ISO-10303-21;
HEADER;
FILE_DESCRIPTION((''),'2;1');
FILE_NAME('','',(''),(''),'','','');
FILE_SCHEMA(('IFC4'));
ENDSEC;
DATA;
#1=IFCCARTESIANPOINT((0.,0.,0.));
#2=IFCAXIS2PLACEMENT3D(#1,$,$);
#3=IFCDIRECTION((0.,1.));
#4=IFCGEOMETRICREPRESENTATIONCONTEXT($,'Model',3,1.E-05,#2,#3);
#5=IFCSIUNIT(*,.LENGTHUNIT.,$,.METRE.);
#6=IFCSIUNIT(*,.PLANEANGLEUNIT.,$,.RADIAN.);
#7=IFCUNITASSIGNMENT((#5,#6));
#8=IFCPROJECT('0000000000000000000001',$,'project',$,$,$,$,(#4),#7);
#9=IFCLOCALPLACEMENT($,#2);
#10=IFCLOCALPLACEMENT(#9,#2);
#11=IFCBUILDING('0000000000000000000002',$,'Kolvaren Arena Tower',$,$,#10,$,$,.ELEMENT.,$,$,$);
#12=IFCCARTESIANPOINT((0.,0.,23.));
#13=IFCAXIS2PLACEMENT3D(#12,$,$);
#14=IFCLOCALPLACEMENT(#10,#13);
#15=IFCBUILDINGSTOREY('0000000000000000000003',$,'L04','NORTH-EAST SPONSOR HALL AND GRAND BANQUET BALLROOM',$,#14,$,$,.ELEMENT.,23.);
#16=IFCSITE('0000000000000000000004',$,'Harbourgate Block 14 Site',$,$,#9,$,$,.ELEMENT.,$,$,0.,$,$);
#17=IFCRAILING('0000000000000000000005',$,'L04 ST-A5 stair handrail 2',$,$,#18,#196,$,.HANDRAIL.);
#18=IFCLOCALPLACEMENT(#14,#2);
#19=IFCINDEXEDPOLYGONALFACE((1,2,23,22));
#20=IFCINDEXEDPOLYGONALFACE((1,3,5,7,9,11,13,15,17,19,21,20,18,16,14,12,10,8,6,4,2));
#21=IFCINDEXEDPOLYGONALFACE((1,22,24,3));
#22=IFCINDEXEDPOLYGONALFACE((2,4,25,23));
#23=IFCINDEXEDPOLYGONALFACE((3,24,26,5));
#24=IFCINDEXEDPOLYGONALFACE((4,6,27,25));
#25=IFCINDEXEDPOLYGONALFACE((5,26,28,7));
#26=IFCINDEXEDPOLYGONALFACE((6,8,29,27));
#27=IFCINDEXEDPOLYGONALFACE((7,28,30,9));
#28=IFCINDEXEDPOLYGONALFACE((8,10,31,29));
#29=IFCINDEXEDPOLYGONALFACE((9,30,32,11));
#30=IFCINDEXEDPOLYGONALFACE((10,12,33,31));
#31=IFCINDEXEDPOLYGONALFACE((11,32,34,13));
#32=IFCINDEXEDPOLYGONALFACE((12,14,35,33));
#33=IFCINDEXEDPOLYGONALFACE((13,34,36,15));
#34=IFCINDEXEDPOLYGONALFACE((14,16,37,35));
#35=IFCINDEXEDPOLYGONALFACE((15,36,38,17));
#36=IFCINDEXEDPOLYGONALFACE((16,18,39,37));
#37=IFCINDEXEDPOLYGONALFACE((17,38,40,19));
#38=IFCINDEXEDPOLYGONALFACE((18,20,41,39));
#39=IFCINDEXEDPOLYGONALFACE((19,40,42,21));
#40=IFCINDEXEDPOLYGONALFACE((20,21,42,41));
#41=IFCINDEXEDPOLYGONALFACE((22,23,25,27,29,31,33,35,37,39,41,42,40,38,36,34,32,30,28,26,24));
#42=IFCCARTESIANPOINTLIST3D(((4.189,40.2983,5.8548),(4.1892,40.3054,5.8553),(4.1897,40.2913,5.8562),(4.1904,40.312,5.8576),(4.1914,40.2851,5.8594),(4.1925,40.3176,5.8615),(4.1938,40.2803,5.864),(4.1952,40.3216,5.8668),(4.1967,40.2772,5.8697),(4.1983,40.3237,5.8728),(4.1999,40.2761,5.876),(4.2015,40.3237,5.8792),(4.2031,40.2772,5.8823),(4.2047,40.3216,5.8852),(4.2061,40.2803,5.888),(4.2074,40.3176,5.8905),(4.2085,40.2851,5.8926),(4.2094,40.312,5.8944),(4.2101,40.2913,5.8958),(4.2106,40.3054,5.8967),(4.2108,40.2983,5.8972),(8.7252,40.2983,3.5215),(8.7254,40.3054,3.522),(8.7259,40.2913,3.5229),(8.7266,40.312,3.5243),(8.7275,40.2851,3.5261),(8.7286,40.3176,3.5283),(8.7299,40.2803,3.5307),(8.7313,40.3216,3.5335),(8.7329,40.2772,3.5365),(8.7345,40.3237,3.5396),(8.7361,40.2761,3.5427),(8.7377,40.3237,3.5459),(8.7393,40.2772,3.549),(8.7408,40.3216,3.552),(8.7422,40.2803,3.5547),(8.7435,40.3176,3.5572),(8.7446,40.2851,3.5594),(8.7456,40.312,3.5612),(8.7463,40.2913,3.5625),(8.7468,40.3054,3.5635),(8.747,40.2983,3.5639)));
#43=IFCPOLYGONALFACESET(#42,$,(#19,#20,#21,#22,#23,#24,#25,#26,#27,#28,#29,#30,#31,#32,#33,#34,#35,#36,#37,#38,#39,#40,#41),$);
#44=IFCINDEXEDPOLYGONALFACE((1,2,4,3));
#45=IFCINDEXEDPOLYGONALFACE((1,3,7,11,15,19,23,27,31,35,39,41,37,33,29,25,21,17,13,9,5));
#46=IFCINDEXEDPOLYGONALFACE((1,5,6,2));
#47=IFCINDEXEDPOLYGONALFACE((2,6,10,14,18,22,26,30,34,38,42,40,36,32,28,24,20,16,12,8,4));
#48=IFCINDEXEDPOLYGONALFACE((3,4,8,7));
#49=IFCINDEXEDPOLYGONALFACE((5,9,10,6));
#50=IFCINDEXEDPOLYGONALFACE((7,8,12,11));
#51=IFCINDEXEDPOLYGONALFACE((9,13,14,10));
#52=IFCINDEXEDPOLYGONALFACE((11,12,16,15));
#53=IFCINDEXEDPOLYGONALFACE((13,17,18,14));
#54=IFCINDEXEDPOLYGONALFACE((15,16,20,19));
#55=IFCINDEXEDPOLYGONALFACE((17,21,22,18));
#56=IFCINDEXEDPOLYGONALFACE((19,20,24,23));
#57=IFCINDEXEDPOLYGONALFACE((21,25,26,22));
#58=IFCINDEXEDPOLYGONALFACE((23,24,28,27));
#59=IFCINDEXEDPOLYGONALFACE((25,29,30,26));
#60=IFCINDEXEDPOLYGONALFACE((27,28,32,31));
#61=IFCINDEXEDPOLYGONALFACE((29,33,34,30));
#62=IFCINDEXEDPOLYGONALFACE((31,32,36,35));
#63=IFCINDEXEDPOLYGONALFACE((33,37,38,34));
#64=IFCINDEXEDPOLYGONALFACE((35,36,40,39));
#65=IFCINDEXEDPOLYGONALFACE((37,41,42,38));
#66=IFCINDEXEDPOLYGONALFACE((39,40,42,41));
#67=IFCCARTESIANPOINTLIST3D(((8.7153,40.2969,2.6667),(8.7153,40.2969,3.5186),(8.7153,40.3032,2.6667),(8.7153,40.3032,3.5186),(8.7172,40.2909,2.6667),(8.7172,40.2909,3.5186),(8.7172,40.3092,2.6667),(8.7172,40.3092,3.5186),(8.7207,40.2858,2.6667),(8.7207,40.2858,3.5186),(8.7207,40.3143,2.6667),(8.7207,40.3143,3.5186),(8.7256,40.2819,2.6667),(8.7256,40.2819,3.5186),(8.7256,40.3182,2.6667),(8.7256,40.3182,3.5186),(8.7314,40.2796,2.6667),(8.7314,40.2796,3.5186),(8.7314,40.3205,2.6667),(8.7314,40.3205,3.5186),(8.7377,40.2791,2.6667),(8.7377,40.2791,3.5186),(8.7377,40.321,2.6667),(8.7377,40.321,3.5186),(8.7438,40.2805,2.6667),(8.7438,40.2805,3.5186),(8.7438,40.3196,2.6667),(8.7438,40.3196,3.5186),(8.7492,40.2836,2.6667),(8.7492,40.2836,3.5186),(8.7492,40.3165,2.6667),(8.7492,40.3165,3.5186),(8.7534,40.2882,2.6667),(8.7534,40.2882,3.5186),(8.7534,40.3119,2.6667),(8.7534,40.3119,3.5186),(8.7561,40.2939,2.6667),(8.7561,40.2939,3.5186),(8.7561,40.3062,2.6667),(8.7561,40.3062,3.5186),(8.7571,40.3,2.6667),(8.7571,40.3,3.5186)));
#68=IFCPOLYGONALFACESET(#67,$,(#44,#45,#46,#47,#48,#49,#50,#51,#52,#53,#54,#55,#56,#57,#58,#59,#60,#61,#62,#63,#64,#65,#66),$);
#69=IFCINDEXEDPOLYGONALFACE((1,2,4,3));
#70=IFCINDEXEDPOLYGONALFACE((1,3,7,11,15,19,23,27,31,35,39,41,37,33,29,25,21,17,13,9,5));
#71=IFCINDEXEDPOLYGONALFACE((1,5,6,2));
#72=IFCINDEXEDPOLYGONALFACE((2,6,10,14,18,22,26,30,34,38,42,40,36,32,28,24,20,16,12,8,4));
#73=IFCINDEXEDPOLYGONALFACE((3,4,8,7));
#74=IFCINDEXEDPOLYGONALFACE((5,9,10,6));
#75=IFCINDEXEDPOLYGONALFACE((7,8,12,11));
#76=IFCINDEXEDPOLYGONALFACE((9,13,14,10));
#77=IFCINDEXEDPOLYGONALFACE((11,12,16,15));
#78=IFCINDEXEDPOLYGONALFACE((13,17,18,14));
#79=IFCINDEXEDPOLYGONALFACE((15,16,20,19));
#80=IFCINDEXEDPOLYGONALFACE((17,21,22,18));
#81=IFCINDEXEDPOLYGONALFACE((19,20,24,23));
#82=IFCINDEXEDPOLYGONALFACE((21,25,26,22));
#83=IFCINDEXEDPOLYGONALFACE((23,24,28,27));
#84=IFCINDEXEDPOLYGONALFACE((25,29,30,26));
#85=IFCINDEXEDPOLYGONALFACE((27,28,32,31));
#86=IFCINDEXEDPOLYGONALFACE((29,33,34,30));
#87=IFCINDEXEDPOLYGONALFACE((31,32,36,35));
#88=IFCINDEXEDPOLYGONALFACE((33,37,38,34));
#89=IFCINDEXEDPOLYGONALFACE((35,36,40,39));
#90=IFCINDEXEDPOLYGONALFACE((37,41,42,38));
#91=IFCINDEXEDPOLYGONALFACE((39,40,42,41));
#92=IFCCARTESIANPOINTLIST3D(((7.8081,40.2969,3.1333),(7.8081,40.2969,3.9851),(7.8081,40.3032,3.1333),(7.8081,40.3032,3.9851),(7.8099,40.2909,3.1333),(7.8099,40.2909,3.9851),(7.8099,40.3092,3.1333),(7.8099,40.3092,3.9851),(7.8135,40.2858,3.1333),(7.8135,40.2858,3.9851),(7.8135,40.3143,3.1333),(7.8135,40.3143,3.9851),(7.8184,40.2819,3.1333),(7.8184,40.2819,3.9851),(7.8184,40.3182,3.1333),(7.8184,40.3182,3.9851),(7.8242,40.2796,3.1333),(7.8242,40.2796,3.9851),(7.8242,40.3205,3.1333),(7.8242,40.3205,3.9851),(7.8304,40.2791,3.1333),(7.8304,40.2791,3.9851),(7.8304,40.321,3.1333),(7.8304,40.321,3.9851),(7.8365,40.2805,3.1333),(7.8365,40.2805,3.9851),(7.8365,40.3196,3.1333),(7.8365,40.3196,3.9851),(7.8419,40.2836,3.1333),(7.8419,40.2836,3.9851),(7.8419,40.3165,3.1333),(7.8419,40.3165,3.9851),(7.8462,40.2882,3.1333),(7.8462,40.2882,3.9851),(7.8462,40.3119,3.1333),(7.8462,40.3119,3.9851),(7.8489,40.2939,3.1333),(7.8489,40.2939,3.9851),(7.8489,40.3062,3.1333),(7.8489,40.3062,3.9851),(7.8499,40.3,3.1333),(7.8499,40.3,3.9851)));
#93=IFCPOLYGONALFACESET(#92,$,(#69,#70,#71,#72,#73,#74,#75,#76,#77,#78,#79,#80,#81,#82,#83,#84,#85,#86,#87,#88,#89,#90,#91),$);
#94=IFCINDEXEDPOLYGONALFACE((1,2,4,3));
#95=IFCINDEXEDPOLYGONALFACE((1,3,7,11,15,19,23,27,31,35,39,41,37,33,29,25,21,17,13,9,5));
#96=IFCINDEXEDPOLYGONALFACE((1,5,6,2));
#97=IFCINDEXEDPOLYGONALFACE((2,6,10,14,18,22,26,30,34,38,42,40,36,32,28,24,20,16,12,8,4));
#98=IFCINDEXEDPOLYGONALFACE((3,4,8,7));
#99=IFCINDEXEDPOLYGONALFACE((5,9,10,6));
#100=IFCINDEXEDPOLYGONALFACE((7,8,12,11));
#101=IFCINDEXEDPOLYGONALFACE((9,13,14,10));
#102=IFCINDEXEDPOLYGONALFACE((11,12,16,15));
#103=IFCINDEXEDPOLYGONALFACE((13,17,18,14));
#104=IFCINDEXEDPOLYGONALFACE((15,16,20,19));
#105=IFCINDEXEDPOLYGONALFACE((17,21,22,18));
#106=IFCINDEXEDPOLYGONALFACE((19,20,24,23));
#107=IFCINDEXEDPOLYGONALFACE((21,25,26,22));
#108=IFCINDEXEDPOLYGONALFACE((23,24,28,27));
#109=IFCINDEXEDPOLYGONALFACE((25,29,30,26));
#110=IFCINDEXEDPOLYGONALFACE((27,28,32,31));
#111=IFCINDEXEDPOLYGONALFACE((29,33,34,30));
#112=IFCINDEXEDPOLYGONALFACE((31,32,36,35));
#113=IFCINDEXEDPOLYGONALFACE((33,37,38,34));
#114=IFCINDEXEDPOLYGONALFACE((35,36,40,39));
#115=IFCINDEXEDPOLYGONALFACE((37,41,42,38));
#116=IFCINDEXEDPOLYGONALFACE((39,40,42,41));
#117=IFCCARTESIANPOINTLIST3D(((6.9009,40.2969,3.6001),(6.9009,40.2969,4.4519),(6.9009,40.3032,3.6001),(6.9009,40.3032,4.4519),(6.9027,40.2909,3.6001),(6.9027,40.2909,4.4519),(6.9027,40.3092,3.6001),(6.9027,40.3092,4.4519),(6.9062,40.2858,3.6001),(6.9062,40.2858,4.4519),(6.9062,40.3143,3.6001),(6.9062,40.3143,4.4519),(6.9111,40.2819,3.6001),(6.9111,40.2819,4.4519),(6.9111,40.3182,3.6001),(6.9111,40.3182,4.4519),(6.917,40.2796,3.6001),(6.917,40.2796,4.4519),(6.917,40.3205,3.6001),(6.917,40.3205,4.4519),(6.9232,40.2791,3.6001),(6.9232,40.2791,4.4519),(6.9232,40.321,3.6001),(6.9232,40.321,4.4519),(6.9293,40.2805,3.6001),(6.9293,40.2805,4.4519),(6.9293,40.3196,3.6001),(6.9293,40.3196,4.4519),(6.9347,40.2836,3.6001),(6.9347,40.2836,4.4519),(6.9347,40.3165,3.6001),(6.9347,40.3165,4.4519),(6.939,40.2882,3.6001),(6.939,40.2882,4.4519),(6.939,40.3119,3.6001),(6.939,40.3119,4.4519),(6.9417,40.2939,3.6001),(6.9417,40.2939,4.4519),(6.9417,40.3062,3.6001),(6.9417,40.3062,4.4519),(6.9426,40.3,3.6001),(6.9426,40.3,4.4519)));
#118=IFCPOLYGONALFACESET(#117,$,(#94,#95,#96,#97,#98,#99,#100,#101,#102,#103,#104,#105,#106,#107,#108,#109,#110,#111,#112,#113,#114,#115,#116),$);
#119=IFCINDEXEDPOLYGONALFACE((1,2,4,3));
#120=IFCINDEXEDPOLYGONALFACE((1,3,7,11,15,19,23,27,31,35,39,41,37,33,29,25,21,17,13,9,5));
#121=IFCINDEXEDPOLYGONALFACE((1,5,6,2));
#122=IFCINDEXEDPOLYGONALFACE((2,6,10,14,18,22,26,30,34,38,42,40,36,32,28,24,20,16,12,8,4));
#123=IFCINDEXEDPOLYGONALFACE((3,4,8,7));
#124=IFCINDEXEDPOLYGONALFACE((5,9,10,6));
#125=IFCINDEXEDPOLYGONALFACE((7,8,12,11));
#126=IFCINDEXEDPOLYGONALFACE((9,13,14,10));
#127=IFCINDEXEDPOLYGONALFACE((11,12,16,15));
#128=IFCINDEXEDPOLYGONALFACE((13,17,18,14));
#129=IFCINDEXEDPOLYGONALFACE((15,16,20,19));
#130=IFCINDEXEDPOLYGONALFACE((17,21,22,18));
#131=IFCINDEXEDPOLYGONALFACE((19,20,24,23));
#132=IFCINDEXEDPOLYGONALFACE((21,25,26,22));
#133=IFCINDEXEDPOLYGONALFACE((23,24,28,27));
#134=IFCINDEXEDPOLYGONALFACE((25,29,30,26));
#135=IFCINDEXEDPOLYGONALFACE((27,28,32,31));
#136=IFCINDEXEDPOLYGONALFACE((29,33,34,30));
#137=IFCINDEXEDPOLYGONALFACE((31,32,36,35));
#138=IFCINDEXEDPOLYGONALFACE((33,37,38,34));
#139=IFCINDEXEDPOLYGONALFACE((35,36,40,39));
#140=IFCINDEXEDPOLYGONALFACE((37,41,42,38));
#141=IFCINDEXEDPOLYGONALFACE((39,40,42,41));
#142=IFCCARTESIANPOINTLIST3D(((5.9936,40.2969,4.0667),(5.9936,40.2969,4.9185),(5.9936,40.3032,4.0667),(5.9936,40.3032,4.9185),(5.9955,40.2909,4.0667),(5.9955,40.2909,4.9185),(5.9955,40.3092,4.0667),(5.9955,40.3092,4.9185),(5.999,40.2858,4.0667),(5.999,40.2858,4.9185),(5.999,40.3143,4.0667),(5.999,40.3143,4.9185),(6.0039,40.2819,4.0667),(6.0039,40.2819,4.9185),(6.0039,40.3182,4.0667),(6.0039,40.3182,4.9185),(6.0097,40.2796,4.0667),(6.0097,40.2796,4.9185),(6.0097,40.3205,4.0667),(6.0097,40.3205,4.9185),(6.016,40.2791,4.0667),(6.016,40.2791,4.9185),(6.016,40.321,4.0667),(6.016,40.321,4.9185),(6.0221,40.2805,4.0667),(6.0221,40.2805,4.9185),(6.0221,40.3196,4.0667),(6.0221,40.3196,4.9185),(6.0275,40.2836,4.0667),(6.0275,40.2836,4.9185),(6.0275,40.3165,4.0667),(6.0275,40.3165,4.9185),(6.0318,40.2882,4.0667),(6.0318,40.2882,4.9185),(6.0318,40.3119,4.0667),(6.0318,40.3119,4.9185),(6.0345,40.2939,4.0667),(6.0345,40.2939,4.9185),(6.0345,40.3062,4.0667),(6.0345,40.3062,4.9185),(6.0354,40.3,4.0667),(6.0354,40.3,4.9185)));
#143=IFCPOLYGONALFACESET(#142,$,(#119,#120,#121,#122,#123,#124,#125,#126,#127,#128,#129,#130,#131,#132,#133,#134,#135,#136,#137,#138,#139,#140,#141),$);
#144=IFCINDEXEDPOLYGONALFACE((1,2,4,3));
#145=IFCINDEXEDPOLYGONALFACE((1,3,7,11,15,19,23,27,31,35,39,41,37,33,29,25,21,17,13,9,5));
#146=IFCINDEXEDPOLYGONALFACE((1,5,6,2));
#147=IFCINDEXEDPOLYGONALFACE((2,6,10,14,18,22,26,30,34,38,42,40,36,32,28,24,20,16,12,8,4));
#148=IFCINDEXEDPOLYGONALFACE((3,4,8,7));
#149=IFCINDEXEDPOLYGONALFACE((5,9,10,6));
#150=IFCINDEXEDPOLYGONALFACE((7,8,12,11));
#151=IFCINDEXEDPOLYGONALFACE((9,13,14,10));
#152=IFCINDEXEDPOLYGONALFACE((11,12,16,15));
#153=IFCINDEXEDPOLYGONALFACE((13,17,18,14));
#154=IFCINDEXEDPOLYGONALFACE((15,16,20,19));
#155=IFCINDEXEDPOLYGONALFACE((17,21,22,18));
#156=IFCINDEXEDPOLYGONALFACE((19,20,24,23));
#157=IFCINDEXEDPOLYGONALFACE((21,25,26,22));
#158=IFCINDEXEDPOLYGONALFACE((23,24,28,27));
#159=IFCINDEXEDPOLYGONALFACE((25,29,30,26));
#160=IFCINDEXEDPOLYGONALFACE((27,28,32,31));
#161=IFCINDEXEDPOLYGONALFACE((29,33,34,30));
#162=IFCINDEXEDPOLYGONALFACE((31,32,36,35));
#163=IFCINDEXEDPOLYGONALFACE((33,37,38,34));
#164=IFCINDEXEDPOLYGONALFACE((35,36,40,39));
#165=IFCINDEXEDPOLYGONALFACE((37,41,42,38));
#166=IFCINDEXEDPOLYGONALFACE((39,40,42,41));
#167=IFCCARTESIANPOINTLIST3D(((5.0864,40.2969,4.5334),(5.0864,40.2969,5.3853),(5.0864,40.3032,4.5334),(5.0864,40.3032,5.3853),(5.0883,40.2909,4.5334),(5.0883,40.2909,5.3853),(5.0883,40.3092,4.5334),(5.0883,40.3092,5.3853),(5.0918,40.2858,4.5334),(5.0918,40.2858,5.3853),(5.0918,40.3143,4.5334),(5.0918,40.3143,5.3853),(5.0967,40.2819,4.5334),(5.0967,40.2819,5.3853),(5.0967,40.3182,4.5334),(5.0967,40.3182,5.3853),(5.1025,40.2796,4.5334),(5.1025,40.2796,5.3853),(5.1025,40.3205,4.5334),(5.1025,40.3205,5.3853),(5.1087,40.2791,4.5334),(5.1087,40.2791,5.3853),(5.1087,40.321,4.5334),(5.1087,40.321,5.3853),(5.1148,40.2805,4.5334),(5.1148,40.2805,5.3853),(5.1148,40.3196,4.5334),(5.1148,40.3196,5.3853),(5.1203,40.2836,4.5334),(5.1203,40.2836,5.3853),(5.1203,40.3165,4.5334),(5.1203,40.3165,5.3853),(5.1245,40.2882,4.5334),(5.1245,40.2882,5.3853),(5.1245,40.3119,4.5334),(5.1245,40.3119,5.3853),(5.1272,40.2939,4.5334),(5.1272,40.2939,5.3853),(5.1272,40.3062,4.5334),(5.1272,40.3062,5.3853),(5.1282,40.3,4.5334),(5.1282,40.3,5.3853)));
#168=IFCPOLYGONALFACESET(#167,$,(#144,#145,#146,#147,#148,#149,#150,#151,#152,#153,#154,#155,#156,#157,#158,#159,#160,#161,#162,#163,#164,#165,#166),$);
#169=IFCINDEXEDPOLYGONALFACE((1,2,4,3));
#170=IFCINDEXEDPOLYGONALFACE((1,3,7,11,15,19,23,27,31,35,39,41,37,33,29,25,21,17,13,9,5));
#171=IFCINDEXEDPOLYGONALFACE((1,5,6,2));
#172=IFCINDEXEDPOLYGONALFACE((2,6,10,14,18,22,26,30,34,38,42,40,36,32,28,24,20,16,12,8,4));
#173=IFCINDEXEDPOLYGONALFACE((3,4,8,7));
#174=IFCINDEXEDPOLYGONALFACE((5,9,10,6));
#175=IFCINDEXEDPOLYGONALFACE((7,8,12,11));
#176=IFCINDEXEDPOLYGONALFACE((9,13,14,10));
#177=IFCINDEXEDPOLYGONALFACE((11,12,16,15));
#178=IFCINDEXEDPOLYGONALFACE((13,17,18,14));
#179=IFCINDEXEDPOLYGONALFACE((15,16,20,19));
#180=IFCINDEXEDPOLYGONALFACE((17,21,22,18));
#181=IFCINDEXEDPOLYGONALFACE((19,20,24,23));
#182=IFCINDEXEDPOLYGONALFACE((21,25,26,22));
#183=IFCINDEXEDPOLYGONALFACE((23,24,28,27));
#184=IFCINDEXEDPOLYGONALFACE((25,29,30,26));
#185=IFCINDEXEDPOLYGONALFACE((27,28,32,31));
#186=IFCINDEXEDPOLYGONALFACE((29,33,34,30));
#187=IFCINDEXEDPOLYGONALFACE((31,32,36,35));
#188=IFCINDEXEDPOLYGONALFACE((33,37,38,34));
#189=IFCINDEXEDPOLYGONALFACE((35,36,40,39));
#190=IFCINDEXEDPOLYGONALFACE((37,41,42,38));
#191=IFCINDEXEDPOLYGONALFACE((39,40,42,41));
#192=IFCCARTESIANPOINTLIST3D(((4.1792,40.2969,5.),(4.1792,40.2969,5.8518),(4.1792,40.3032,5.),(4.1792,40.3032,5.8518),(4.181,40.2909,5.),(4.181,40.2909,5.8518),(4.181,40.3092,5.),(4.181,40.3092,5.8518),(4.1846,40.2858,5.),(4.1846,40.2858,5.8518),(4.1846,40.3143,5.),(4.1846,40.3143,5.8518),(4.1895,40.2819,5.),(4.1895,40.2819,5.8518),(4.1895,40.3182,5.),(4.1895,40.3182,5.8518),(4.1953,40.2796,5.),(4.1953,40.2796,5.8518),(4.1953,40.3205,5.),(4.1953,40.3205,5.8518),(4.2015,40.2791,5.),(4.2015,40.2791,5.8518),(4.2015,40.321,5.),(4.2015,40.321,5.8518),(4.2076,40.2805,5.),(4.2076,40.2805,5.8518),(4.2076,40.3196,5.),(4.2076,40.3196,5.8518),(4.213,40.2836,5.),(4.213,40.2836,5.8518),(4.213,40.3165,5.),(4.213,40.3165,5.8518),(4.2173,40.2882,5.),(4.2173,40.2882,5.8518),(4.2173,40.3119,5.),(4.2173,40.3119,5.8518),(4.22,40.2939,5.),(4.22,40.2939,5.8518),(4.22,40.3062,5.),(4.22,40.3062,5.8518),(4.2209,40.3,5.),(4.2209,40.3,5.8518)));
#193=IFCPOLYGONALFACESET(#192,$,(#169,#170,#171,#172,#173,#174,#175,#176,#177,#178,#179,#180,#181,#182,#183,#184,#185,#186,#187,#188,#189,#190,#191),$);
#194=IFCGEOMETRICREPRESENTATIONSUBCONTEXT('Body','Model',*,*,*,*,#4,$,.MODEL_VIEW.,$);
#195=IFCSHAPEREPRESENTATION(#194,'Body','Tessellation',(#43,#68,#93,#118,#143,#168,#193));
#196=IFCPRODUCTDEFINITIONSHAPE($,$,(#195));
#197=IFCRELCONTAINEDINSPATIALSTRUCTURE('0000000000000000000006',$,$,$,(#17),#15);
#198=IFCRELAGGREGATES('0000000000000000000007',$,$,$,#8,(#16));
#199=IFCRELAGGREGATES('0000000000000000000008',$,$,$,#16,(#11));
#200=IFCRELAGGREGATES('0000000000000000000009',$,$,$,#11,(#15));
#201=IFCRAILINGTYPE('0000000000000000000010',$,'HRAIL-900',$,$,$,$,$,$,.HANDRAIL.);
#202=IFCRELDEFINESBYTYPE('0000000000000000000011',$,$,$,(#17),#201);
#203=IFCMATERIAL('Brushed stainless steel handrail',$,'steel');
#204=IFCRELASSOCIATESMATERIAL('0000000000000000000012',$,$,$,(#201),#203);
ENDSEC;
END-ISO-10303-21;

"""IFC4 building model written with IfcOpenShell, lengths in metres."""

from ifc_helpers import new_model, si_unit, direction, frame, origin, origin_2d, place, context, subcontext, project, spatial, circle, extrude, material, type_object, element, save


model = new_model("IFC4")

# Units and contexts
model_context = context("Model", 3, precision=1e-05, world=origin(), true_north=direction((0.0, 1.0)))
body_context = subcontext(model_context, "Body", "Model", "MODEL_VIEW")
ifc_project = project(units=[si_unit("LENGTHUNIT", "METRE"), si_unit("PLANEANGLEUNIT", "RADIAN")], contexts=[model_context])

# Site, building, storey
site_placement = place(None, origin())
site = spatial("IfcSite", under=ifc_project, at=site_placement, Name="Harbourgate Block 14 Site", CompositionType="ELEMENT", RefElevation=0.0)
building_placement = place(site_placement, origin())
building = spatial("IfcBuilding", under=site, at=building_placement, Name="Kolvaren Arena Tower", CompositionType="ELEMENT")
storey_placement = place(building_placement, frame((0.0, 0.0, 23.0)))
storey = spatial("IfcBuildingStorey", under=building, at=storey_placement, Name="L04", Description="NORTH-EAST SPONSOR HALL AND GRAND BANQUET BALLROOM", CompositionType="ELEMENT", Elevation=23.0)

# Railing
ifc_material_1 = material(Name="Brushed stainless steel handrail", Category="steel")
railing_type_1 = type_object("IfcRailingType", Name="HRAIL-900", PredefinedType="HANDRAIL", material=ifc_material_1)
railing_1_placement = place(storey_placement, frame((8.7361, 40.3, 2.6667)))
element("IfcRailing", 1, at=railing_1_placement, inside=storey, type_object=railing_type_1, Name="L04 ST-A5 stair handrail 2", PredefinedType="HANDRAIL", context=body_context, shape_type="SweptSolid", body=[
    extrude(circle(Radius=0.0239, at=origin_2d()), frame((0.0, 0.0, 0.876), z_axis=(-0.889257, 0.0, 0.457407), x_axis=(0.0, -1.0, 0.0)), (0.0, 0.0, 1.0), 5.1011),
    extrude(circle(Radius=0.021, at=origin_2d()), origin(), (0.0, 0.0, 1.0), 0.8518),
    extrude(circle(Radius=0.021, at=origin_2d()), frame((-0.9072, 0.0, 0.4666)), (0.0, 0.0, 1.0), 0.8518),
    extrude(circle(Radius=0.021, at=origin_2d()), frame((-1.8145, 0.0, 0.9333)), (0.0, 0.0, 1.0), 0.8518),
    extrude(circle(Radius=0.021, at=origin_2d()), frame((-2.7217, 0.0, 1.3999)), (0.0, 0.0, 1.0), 0.8518),
    extrude(circle(Radius=0.021, at=origin_2d()), frame((-3.6289, 0.0, 1.8667)), (0.0, 0.0, 1.0), 0.8518),
    extrude(circle(Radius=0.021, at=origin_2d()), frame((-4.5361, 0.0, 2.3333)), (0.0, 0.0, 1.0), 0.8518),
])

save(model, "model.ifc")
